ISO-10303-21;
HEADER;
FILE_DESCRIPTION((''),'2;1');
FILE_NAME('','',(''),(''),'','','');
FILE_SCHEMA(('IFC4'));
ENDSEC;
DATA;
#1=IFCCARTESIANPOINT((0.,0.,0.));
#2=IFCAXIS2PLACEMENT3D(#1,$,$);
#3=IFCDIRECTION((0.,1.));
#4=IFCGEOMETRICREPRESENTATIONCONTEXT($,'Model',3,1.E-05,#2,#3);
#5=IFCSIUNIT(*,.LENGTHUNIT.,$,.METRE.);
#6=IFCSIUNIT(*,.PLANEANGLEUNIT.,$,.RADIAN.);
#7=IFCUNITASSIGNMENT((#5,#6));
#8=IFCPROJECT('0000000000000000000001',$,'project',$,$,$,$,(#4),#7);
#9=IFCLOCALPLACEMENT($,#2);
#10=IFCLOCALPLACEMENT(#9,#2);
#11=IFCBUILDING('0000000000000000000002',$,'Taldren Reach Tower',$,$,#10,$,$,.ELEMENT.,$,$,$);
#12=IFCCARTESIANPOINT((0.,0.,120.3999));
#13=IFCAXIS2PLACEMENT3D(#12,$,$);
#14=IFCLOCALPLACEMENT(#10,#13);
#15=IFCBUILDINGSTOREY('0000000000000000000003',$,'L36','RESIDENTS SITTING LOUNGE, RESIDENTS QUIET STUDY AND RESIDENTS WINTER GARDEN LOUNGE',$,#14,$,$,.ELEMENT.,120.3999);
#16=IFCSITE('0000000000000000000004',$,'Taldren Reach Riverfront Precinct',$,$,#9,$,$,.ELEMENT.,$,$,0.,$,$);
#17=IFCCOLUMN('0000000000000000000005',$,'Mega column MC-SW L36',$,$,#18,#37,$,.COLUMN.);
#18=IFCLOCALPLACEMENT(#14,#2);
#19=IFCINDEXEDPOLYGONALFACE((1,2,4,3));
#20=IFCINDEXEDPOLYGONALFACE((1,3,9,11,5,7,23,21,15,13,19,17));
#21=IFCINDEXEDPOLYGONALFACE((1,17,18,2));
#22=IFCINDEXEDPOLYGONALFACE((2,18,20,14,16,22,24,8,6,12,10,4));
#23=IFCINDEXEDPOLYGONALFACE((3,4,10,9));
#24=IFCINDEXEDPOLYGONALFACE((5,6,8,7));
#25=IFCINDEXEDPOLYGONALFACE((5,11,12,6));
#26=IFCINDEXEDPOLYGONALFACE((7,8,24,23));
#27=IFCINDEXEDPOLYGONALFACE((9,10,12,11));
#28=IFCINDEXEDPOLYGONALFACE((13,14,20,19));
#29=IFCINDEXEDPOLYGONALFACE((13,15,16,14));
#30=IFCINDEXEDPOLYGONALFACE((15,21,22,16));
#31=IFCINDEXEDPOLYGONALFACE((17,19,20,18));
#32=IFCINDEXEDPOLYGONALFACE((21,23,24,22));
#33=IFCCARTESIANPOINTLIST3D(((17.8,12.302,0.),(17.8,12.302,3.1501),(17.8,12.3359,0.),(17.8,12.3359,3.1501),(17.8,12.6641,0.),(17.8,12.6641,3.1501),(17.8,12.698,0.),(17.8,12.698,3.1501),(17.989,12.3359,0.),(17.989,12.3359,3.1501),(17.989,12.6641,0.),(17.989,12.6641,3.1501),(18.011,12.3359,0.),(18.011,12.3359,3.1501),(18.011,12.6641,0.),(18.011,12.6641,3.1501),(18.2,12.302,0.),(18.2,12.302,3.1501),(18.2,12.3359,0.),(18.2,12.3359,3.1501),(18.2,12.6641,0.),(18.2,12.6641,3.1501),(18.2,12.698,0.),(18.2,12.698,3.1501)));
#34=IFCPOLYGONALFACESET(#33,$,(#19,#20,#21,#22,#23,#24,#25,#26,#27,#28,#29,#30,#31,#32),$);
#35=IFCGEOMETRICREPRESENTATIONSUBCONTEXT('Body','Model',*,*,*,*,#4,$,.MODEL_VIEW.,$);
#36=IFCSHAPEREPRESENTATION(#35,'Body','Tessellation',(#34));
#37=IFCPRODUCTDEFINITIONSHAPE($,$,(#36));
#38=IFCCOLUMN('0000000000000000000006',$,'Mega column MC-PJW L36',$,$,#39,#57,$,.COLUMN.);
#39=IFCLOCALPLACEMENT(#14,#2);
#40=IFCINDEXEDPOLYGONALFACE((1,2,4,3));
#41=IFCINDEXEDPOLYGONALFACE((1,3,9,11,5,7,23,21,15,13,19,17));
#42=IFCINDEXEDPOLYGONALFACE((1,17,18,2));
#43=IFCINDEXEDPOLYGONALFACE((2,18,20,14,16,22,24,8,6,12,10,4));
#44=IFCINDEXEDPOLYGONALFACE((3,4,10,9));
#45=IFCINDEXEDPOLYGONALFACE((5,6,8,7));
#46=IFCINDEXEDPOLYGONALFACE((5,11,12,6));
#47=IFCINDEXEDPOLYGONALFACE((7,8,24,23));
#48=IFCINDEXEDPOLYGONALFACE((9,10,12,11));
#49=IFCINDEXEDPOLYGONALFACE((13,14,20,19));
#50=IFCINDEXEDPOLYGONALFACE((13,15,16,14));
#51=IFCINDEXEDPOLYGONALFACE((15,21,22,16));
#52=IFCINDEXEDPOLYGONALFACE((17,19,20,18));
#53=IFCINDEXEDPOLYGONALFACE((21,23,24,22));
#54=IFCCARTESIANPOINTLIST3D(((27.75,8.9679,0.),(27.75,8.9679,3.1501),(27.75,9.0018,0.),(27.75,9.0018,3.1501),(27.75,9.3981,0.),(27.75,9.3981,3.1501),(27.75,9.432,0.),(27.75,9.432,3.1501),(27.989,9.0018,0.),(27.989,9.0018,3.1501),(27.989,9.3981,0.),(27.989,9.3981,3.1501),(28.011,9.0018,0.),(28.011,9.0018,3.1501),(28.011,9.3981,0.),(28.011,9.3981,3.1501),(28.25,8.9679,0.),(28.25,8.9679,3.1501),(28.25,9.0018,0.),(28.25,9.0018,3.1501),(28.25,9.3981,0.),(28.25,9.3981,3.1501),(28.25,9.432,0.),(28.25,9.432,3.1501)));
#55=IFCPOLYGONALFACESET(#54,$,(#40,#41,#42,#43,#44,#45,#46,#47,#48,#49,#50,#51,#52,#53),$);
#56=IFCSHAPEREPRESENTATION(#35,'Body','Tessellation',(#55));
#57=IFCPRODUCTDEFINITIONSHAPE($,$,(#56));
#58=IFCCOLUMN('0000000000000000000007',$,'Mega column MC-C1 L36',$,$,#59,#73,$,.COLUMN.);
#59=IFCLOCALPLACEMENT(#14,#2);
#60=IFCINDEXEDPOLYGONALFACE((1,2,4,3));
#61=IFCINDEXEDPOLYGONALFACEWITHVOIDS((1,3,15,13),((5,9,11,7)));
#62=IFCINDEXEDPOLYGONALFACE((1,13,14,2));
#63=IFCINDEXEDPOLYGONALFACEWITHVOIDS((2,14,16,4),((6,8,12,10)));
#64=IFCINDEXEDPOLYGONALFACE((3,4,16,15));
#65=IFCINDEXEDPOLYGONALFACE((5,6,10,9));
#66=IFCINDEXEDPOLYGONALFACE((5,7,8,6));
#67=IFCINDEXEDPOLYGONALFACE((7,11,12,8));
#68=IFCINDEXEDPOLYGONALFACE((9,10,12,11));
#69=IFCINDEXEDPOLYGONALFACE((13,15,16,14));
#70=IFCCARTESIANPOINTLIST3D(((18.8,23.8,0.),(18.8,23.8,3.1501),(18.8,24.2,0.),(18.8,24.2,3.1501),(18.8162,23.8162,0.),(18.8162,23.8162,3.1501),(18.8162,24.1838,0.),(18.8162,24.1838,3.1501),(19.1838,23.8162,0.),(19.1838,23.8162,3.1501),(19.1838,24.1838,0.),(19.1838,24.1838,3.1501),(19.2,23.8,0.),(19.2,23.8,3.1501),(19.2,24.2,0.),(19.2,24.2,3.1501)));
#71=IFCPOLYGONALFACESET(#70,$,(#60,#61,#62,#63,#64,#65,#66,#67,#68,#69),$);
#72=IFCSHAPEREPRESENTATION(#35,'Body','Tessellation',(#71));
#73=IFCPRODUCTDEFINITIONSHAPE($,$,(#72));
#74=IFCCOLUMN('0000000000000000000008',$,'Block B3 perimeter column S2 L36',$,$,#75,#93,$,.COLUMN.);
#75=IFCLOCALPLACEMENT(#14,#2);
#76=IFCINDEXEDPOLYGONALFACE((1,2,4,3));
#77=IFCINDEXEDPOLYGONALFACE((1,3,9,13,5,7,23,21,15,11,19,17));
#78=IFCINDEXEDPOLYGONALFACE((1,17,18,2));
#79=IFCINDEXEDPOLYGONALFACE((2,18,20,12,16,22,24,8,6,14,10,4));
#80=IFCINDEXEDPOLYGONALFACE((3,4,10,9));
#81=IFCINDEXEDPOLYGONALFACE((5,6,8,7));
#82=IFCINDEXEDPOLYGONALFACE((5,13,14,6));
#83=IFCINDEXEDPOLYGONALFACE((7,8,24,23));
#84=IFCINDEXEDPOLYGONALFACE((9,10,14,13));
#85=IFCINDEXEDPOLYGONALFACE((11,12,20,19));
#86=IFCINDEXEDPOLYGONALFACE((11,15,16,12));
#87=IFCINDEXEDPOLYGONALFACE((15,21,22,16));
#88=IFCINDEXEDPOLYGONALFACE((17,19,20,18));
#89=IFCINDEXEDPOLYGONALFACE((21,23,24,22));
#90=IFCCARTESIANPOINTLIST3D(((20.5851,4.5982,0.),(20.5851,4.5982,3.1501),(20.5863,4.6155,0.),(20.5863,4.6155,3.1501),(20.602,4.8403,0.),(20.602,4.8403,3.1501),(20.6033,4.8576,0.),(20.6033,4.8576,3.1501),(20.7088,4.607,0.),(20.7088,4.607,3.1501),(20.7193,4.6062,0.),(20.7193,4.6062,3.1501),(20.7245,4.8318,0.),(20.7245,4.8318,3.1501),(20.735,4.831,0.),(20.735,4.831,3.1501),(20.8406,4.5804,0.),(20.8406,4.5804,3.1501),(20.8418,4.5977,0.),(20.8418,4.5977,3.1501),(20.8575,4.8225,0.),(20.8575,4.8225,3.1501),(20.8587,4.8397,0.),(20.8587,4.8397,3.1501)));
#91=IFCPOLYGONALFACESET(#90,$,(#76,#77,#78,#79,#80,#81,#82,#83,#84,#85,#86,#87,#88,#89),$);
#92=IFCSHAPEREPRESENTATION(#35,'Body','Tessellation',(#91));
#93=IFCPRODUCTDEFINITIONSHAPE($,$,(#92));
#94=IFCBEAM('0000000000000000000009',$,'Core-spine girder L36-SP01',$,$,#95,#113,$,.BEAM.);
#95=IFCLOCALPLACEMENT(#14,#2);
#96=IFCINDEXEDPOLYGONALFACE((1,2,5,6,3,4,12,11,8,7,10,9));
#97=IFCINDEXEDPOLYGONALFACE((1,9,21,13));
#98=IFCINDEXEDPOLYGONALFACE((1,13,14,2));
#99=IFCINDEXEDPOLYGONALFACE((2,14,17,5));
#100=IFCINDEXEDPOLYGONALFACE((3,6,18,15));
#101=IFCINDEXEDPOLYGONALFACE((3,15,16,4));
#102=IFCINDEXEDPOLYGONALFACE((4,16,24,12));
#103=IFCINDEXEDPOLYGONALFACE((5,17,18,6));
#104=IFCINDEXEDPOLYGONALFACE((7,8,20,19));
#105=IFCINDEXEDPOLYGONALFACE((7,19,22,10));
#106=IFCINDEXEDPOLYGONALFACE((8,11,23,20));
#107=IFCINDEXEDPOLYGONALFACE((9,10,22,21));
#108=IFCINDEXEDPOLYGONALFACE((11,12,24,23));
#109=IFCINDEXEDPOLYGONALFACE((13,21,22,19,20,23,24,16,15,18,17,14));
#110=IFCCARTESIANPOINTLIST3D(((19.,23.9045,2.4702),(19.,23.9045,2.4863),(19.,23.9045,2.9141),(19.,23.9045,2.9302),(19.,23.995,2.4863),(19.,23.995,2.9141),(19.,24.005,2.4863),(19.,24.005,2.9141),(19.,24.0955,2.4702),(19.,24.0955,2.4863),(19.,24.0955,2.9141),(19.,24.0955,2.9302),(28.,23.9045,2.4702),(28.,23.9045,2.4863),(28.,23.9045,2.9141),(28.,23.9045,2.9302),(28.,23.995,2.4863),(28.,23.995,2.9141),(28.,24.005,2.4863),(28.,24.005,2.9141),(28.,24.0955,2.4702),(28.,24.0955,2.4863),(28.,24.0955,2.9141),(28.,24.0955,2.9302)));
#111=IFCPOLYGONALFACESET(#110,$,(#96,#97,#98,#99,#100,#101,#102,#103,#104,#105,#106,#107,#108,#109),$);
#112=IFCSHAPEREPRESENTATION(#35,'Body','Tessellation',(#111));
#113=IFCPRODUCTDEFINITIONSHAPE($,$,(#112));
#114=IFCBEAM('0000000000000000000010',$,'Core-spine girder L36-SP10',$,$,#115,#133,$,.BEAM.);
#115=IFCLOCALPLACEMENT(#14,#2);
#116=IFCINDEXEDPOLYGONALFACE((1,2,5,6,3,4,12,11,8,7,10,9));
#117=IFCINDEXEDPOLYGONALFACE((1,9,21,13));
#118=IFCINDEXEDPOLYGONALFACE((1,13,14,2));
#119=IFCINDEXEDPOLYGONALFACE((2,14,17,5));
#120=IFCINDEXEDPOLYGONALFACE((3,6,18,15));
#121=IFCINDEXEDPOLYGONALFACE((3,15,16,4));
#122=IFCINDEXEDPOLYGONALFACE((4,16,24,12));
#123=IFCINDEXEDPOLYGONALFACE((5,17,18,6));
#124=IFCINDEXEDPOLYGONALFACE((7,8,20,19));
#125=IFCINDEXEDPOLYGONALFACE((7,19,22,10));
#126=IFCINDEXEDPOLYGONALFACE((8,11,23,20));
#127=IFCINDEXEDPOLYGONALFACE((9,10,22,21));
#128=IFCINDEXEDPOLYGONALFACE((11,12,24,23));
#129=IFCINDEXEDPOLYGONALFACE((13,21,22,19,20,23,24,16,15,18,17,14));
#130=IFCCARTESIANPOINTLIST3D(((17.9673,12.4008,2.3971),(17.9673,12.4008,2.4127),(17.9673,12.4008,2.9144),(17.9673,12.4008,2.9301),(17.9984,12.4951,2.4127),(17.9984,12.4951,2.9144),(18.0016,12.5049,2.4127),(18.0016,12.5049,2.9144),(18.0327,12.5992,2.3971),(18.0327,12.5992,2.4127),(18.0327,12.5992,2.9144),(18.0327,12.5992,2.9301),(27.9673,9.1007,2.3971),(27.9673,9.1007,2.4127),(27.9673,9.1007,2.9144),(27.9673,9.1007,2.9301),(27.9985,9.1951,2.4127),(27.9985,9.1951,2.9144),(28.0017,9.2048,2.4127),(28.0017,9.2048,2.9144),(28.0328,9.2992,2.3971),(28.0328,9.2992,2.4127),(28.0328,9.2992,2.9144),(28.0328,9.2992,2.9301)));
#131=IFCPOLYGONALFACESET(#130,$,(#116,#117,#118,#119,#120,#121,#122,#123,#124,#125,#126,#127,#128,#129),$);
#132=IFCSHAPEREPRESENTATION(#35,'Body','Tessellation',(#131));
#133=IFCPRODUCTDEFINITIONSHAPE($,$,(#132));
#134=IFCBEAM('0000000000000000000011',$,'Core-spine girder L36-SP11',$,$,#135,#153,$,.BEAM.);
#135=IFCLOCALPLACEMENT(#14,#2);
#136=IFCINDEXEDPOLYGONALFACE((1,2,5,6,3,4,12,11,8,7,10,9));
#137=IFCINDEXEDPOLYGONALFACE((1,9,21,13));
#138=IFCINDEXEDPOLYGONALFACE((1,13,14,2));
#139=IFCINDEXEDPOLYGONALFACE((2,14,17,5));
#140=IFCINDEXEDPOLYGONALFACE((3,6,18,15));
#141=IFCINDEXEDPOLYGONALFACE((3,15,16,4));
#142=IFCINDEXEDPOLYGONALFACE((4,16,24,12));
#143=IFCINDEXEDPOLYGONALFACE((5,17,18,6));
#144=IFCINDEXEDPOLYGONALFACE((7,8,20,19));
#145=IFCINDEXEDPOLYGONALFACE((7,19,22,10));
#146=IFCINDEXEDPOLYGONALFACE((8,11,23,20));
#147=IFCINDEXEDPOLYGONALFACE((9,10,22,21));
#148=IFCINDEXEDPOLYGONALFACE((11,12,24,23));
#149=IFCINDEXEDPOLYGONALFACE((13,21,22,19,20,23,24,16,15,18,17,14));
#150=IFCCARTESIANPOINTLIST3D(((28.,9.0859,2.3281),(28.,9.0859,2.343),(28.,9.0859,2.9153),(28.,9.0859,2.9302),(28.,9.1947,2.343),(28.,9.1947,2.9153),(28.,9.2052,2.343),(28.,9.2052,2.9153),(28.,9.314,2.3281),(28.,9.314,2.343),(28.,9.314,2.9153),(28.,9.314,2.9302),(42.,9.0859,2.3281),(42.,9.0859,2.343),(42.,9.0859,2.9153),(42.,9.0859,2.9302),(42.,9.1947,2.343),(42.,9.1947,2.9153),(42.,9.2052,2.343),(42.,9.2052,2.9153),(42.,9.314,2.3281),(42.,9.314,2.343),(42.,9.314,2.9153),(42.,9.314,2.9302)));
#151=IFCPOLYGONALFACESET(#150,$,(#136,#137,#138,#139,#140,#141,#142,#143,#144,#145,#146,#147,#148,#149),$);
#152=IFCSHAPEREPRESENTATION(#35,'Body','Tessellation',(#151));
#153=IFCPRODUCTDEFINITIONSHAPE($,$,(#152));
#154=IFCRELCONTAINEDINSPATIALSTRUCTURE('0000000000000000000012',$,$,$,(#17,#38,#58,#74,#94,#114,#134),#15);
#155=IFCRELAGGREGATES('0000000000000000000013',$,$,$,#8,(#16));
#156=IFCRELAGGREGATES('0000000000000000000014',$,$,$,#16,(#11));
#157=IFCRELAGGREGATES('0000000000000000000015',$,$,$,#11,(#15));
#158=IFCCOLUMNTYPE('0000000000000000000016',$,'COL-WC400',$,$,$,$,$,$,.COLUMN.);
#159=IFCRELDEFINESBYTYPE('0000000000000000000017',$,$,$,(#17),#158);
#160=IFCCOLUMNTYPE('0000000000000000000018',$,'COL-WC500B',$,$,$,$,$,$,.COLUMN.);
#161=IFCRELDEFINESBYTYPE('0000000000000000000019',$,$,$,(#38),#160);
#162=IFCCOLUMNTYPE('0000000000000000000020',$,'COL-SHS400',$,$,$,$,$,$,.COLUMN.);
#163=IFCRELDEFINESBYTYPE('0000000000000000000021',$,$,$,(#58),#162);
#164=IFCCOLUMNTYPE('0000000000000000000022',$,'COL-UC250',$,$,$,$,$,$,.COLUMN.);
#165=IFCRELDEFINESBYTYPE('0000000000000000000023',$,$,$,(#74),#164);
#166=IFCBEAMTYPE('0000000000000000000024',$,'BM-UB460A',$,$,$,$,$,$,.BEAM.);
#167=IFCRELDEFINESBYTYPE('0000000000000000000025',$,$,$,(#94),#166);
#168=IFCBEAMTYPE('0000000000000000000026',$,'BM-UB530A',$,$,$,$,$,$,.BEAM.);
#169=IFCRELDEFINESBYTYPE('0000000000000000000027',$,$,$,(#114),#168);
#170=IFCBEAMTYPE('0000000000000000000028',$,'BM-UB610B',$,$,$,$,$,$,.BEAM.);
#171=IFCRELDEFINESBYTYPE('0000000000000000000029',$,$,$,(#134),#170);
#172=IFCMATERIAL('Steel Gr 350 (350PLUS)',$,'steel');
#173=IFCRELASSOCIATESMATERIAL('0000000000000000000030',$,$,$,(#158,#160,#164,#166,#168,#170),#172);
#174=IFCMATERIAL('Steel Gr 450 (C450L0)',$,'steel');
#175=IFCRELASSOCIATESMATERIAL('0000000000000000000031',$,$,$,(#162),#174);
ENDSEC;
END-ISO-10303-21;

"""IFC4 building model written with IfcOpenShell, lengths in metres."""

from ifc_helpers import new_model, si_unit, direction, frame, origin, origin_2d, place, context, subcontext, project, spatial, hollow_rectangle, i_section, extrude, source, transform, mapped, material, material_profile, profile_set, type_object, element, save


model = new_model("IFC4")

# Units and contexts
model_context = context("Model", 3, precision=1e-05, world=origin(), true_north=direction((0.0, 1.0)))
body_context = subcontext(model_context, "Body", "Model", "MODEL_VIEW")
ifc_project = project(units=[si_unit("LENGTHUNIT", "METRE"), si_unit("PLANEANGLEUNIT", "RADIAN")], contexts=[model_context])

# Site, building, storey
site_placement = place(None, origin())
site = spatial("IfcSite", under=ifc_project, at=site_placement, Name="Taldren Reach Riverfront Precinct", CompositionType="ELEMENT", RefElevation=0.0)
building_placement = place(site_placement, origin())
building = spatial("IfcBuilding", under=site, at=building_placement, Name="Taldren Reach Tower", CompositionType="ELEMENT")
storey_placement = place(building_placement, frame((0.0, 0.0, 120.3999)))
storey = spatial("IfcBuildingStorey", under=building, at=storey_placement, Name="L36", Description="RESIDENTS SITTING LOUNGE, RESIDENTS QUIET STUDY AND RESIDENTS WINTER GARDEN LOUNGE", CompositionType="ELEMENT", Elevation=120.3999)

# Columns
ifc_material_1 = material(Name="Steel Gr 350 (350PLUS)", Category="steel")
ifc_material_profile_1 = material_profile(ifc_material_1, i_section(OverallWidth=0.3999, OverallDepth=0.396, WebThickness=0.022, FlangeThickness=0.0339, at=origin_2d()), Name="400WC270")
ifc_profile_set_1 = profile_set([ifc_material_profile_1], Name="Steel Gr 350 (350PLUS)")
column_type_1 = type_object("IfcColumnType", Name="COL-WC400", PredefinedType="COLUMN", material=ifc_profile_set_1)
shared_shape_1 = source(origin(), body_context, "Body", "SweptSolid", [
    extrude(i_section(OverallWidth=0.3999, OverallDepth=0.396, WebThickness=0.022, FlangeThickness=0.0339, at=origin_2d()), origin(), (0.0, 0.0, 1.0), 3.1501),
])
column_1_placement = place(storey_placement, frame((18.0, 12.5, 0.0), z_axis=(0.0, 0.0, 1.0), x_axis=(1.0, 0.0, 0.0)))
element("IfcColumn", 1, at=column_1_placement, inside=storey, type_object=column_type_1, Name="Mega column MC-SW L36", PredefinedType="COLUMN", context=body_context, shape_type="MappedRepresentation", body=[
    mapped(shared_shape_1, transform((0.0, 0.0, 0.0), scale=1.0)),
])
ifc_material_profile_2 = material_profile(ifc_material_1, i_section(OverallWidth=0.5, OverallDepth=0.4641, WebThickness=0.022, FlangeThickness=0.0339, at=origin_2d()), Name="500WC340")
ifc_profile_set_2 = profile_set([ifc_material_profile_2], Name="Steel Gr 350 (350PLUS)")
column_type_2 = type_object("IfcColumnType", Name="COL-WC500B", PredefinedType="COLUMN", material=ifc_profile_set_2)
shared_shape_2 = source(origin(), body_context, "Body", "SweptSolid", [
    extrude(i_section(OverallWidth=0.5, OverallDepth=0.4641, WebThickness=0.022, FlangeThickness=0.0339, at=origin_2d()), origin(), (0.0, 0.0, 1.0), 3.1501),
])
column_2_placement = place(storey_placement, frame((28.0, 9.2, 0.0), z_axis=(0.0, 0.0, 1.0), x_axis=(1.0, 0.0, 0.0)))
element("IfcColumn", 2, at=column_2_placement, inside=storey, type_object=column_type_2, Name="Mega column MC-PJW L36", PredefinedType="COLUMN", context=body_context, shape_type="MappedRepresentation", body=[
    mapped(shared_shape_2, transform((0.0, 0.0, 0.0), scale=1.0)),
])
ifc_material_2 = material(Name="Steel Gr 450 (C450L0)", Category="steel")
ifc_material_profile_3 = material_profile(ifc_material_2, hollow_rectangle(XDim=0.3999, YDim=0.3999, WallThickness=0.0161, at=origin_2d()), Name="400x400x16.0SHS")
ifc_profile_set_3 = profile_set([ifc_material_profile_3], Name="Steel Gr 450 (C450L0)")
column_type_3 = type_object("IfcColumnType", Name="COL-SHS400", PredefinedType="COLUMN", material=ifc_profile_set_3)
shared_shape_3 = source(origin(), body_context, "Body", "SweptSolid", [
    extrude(hollow_rectangle(XDim=0.3999, YDim=0.3999, WallThickness=0.0161, at=origin_2d()), origin(), (0.0, 0.0, 1.0), 3.1501),
])
column_3_placement = place(storey_placement, frame((19.0, 24.0, 0.0), z_axis=(0.0, 0.0, 1.0), x_axis=(1.0, 0.0, 0.0)))
element("IfcColumn", 3, at=column_3_placement, inside=storey, type_object=column_type_3, Name="Mega column MC-C1 L36", PredefinedType="COLUMN", context=body_context, shape_type="MappedRepresentation", body=[
    mapped(shared_shape_3, transform((0.0, 0.0, 0.0), scale=1.0)),
])
ifc_material_profile_4 = material_profile(ifc_material_1, i_section(OverallWidth=0.2561, OverallDepth=0.26, WebThickness=0.0105, FlangeThickness=0.0173, at=origin_2d()), Name="250UC89.5")
ifc_profile_set_4 = profile_set([ifc_material_profile_4], Name="Steel Gr 350 (350PLUS)")
column_type_4 = type_object("IfcColumnType", Name="COL-UC250", PredefinedType="COLUMN", material=ifc_profile_set_4)
shared_shape_4 = source(origin(), body_context, "Body", "SweptSolid", [
    extrude(i_section(OverallWidth=0.2561, OverallDepth=0.26, WebThickness=0.0105, FlangeThickness=0.0173, at=origin_2d()), origin(), (0.0, 0.0, 1.0), 3.1501),
])
column_4_placement = place(storey_placement, frame((20.7219, 4.719, 0.0), z_axis=(0.0, 0.0, 1.0), x_axis=(0.997564, -0.069756, 0.0)))
element("IfcColumn", 4, at=column_4_placement, inside=storey, type_object=column_type_4, Name="Block B3 perimeter column S2 L36", PredefinedType="COLUMN", context=body_context, shape_type="MappedRepresentation", body=[
    mapped(shared_shape_4, transform((0.0, 0.0, 0.0), scale=1.0)),
])

# Beams
ifc_material_profile_5 = material_profile(ifc_material_1, i_section(OverallWidth=0.1909, OverallDepth=0.46, WebThickness=0.01, FlangeThickness=0.0161, at=origin_2d()), Name="460UB82.1")
ifc_profile_set_5 = profile_set([ifc_material_profile_5], Name="Steel Gr 350 (350PLUS)")
beam_type_1 = type_object("IfcBeamType", Name="BM-UB460A", PredefinedType="BEAM", material=ifc_profile_set_5)
shared_shape_5 = source(origin(), body_context, "Body", "SweptSolid", [
    extrude(i_section(OverallWidth=0.1909, OverallDepth=0.46, WebThickness=0.01, FlangeThickness=0.0161, at=origin_2d()), origin(), (0.0, 0.0, 1.0), 9.0),
])
beam_1_placement = place(storey_placement, frame((19.0, 24.0, 2.7002), z_axis=(1.0, 0.0, 0.0), x_axis=(0.0, 1.0, 0.0)))
element("IfcBeam", 5, at=beam_1_placement, inside=storey, type_object=beam_type_1, Name="Core-spine girder L36-SP01", PredefinedType="BEAM", context=body_context, shape_type="MappedRepresentation", body=[
    mapped(shared_shape_5, transform((0.0, 0.0, 0.0), scale=1.0)),
])
ifc_material_profile_6 = material_profile(ifc_material_1, i_section(OverallWidth=0.209, OverallDepth=0.533, WebThickness=0.0103, FlangeThickness=0.0156, at=origin_2d()), Name="530UB92.4")
ifc_profile_set_6 = profile_set([ifc_material_profile_6], Name="Steel Gr 350 (350PLUS)")
beam_type_2 = type_object("IfcBeamType", Name="BM-UB530A", PredefinedType="BEAM", material=ifc_profile_set_6)
shared_shape_6 = source(origin(), body_context, "Body", "SweptSolid", [
    extrude(i_section(OverallWidth=0.209, OverallDepth=0.533, WebThickness=0.0103, FlangeThickness=0.0156, at=origin_2d()), origin(), (0.0, 0.0, 1.0), 10.5305),
])
beam_2_placement = place(storey_placement, frame((18.0, 12.5, 2.6636), z_axis=(0.949627, -0.313382, 0.0), x_axis=(0.313382, 0.949627, 0.0)))
element("IfcBeam", 6, at=beam_2_placement, inside=storey, type_object=beam_type_2, Name="Core-spine girder L36-SP10", PredefinedType="BEAM", context=body_context, shape_type="MappedRepresentation", body=[
    mapped(shared_shape_6, transform((0.0, 0.0, 0.0), scale=1.0)),
])
ifc_material_profile_7 = material_profile(ifc_material_1, i_section(OverallWidth=0.228, OverallDepth=0.6021, WebThickness=0.0105, FlangeThickness=0.0149, at=origin_2d()), Name="610UB101")
ifc_profile_set_7 = profile_set([ifc_material_profile_7], Name="Steel Gr 350 (350PLUS)")
beam_type_3 = type_object("IfcBeamType", Name="BM-UB610B", PredefinedType="BEAM", material=ifc_profile_set_7)
shared_shape_7 = source(origin(), body_context, "Body", "SweptSolid", [
    extrude(i_section(OverallWidth=0.228, OverallDepth=0.6021, WebThickness=0.0105, FlangeThickness=0.0149, at=origin_2d()), origin(), (0.0, 0.0, 1.0), 14.0),
])
beam_3_placement = place(storey_placement, frame((28.0, 9.2, 2.6292), z_axis=(1.0, 0.0, 0.0), x_axis=(0.0, 1.0, 0.0)))
element("IfcBeam", 7, at=beam_3_placement, inside=storey, type_object=beam_type_3, Name="Core-spine girder L36-SP11", PredefinedType="BEAM", context=body_context, shape_type="MappedRepresentation", body=[
    mapped(shared_shape_7, transform((0.0, 0.0, 0.0), scale=1.0)),
])

save(model, "model.ifc")
